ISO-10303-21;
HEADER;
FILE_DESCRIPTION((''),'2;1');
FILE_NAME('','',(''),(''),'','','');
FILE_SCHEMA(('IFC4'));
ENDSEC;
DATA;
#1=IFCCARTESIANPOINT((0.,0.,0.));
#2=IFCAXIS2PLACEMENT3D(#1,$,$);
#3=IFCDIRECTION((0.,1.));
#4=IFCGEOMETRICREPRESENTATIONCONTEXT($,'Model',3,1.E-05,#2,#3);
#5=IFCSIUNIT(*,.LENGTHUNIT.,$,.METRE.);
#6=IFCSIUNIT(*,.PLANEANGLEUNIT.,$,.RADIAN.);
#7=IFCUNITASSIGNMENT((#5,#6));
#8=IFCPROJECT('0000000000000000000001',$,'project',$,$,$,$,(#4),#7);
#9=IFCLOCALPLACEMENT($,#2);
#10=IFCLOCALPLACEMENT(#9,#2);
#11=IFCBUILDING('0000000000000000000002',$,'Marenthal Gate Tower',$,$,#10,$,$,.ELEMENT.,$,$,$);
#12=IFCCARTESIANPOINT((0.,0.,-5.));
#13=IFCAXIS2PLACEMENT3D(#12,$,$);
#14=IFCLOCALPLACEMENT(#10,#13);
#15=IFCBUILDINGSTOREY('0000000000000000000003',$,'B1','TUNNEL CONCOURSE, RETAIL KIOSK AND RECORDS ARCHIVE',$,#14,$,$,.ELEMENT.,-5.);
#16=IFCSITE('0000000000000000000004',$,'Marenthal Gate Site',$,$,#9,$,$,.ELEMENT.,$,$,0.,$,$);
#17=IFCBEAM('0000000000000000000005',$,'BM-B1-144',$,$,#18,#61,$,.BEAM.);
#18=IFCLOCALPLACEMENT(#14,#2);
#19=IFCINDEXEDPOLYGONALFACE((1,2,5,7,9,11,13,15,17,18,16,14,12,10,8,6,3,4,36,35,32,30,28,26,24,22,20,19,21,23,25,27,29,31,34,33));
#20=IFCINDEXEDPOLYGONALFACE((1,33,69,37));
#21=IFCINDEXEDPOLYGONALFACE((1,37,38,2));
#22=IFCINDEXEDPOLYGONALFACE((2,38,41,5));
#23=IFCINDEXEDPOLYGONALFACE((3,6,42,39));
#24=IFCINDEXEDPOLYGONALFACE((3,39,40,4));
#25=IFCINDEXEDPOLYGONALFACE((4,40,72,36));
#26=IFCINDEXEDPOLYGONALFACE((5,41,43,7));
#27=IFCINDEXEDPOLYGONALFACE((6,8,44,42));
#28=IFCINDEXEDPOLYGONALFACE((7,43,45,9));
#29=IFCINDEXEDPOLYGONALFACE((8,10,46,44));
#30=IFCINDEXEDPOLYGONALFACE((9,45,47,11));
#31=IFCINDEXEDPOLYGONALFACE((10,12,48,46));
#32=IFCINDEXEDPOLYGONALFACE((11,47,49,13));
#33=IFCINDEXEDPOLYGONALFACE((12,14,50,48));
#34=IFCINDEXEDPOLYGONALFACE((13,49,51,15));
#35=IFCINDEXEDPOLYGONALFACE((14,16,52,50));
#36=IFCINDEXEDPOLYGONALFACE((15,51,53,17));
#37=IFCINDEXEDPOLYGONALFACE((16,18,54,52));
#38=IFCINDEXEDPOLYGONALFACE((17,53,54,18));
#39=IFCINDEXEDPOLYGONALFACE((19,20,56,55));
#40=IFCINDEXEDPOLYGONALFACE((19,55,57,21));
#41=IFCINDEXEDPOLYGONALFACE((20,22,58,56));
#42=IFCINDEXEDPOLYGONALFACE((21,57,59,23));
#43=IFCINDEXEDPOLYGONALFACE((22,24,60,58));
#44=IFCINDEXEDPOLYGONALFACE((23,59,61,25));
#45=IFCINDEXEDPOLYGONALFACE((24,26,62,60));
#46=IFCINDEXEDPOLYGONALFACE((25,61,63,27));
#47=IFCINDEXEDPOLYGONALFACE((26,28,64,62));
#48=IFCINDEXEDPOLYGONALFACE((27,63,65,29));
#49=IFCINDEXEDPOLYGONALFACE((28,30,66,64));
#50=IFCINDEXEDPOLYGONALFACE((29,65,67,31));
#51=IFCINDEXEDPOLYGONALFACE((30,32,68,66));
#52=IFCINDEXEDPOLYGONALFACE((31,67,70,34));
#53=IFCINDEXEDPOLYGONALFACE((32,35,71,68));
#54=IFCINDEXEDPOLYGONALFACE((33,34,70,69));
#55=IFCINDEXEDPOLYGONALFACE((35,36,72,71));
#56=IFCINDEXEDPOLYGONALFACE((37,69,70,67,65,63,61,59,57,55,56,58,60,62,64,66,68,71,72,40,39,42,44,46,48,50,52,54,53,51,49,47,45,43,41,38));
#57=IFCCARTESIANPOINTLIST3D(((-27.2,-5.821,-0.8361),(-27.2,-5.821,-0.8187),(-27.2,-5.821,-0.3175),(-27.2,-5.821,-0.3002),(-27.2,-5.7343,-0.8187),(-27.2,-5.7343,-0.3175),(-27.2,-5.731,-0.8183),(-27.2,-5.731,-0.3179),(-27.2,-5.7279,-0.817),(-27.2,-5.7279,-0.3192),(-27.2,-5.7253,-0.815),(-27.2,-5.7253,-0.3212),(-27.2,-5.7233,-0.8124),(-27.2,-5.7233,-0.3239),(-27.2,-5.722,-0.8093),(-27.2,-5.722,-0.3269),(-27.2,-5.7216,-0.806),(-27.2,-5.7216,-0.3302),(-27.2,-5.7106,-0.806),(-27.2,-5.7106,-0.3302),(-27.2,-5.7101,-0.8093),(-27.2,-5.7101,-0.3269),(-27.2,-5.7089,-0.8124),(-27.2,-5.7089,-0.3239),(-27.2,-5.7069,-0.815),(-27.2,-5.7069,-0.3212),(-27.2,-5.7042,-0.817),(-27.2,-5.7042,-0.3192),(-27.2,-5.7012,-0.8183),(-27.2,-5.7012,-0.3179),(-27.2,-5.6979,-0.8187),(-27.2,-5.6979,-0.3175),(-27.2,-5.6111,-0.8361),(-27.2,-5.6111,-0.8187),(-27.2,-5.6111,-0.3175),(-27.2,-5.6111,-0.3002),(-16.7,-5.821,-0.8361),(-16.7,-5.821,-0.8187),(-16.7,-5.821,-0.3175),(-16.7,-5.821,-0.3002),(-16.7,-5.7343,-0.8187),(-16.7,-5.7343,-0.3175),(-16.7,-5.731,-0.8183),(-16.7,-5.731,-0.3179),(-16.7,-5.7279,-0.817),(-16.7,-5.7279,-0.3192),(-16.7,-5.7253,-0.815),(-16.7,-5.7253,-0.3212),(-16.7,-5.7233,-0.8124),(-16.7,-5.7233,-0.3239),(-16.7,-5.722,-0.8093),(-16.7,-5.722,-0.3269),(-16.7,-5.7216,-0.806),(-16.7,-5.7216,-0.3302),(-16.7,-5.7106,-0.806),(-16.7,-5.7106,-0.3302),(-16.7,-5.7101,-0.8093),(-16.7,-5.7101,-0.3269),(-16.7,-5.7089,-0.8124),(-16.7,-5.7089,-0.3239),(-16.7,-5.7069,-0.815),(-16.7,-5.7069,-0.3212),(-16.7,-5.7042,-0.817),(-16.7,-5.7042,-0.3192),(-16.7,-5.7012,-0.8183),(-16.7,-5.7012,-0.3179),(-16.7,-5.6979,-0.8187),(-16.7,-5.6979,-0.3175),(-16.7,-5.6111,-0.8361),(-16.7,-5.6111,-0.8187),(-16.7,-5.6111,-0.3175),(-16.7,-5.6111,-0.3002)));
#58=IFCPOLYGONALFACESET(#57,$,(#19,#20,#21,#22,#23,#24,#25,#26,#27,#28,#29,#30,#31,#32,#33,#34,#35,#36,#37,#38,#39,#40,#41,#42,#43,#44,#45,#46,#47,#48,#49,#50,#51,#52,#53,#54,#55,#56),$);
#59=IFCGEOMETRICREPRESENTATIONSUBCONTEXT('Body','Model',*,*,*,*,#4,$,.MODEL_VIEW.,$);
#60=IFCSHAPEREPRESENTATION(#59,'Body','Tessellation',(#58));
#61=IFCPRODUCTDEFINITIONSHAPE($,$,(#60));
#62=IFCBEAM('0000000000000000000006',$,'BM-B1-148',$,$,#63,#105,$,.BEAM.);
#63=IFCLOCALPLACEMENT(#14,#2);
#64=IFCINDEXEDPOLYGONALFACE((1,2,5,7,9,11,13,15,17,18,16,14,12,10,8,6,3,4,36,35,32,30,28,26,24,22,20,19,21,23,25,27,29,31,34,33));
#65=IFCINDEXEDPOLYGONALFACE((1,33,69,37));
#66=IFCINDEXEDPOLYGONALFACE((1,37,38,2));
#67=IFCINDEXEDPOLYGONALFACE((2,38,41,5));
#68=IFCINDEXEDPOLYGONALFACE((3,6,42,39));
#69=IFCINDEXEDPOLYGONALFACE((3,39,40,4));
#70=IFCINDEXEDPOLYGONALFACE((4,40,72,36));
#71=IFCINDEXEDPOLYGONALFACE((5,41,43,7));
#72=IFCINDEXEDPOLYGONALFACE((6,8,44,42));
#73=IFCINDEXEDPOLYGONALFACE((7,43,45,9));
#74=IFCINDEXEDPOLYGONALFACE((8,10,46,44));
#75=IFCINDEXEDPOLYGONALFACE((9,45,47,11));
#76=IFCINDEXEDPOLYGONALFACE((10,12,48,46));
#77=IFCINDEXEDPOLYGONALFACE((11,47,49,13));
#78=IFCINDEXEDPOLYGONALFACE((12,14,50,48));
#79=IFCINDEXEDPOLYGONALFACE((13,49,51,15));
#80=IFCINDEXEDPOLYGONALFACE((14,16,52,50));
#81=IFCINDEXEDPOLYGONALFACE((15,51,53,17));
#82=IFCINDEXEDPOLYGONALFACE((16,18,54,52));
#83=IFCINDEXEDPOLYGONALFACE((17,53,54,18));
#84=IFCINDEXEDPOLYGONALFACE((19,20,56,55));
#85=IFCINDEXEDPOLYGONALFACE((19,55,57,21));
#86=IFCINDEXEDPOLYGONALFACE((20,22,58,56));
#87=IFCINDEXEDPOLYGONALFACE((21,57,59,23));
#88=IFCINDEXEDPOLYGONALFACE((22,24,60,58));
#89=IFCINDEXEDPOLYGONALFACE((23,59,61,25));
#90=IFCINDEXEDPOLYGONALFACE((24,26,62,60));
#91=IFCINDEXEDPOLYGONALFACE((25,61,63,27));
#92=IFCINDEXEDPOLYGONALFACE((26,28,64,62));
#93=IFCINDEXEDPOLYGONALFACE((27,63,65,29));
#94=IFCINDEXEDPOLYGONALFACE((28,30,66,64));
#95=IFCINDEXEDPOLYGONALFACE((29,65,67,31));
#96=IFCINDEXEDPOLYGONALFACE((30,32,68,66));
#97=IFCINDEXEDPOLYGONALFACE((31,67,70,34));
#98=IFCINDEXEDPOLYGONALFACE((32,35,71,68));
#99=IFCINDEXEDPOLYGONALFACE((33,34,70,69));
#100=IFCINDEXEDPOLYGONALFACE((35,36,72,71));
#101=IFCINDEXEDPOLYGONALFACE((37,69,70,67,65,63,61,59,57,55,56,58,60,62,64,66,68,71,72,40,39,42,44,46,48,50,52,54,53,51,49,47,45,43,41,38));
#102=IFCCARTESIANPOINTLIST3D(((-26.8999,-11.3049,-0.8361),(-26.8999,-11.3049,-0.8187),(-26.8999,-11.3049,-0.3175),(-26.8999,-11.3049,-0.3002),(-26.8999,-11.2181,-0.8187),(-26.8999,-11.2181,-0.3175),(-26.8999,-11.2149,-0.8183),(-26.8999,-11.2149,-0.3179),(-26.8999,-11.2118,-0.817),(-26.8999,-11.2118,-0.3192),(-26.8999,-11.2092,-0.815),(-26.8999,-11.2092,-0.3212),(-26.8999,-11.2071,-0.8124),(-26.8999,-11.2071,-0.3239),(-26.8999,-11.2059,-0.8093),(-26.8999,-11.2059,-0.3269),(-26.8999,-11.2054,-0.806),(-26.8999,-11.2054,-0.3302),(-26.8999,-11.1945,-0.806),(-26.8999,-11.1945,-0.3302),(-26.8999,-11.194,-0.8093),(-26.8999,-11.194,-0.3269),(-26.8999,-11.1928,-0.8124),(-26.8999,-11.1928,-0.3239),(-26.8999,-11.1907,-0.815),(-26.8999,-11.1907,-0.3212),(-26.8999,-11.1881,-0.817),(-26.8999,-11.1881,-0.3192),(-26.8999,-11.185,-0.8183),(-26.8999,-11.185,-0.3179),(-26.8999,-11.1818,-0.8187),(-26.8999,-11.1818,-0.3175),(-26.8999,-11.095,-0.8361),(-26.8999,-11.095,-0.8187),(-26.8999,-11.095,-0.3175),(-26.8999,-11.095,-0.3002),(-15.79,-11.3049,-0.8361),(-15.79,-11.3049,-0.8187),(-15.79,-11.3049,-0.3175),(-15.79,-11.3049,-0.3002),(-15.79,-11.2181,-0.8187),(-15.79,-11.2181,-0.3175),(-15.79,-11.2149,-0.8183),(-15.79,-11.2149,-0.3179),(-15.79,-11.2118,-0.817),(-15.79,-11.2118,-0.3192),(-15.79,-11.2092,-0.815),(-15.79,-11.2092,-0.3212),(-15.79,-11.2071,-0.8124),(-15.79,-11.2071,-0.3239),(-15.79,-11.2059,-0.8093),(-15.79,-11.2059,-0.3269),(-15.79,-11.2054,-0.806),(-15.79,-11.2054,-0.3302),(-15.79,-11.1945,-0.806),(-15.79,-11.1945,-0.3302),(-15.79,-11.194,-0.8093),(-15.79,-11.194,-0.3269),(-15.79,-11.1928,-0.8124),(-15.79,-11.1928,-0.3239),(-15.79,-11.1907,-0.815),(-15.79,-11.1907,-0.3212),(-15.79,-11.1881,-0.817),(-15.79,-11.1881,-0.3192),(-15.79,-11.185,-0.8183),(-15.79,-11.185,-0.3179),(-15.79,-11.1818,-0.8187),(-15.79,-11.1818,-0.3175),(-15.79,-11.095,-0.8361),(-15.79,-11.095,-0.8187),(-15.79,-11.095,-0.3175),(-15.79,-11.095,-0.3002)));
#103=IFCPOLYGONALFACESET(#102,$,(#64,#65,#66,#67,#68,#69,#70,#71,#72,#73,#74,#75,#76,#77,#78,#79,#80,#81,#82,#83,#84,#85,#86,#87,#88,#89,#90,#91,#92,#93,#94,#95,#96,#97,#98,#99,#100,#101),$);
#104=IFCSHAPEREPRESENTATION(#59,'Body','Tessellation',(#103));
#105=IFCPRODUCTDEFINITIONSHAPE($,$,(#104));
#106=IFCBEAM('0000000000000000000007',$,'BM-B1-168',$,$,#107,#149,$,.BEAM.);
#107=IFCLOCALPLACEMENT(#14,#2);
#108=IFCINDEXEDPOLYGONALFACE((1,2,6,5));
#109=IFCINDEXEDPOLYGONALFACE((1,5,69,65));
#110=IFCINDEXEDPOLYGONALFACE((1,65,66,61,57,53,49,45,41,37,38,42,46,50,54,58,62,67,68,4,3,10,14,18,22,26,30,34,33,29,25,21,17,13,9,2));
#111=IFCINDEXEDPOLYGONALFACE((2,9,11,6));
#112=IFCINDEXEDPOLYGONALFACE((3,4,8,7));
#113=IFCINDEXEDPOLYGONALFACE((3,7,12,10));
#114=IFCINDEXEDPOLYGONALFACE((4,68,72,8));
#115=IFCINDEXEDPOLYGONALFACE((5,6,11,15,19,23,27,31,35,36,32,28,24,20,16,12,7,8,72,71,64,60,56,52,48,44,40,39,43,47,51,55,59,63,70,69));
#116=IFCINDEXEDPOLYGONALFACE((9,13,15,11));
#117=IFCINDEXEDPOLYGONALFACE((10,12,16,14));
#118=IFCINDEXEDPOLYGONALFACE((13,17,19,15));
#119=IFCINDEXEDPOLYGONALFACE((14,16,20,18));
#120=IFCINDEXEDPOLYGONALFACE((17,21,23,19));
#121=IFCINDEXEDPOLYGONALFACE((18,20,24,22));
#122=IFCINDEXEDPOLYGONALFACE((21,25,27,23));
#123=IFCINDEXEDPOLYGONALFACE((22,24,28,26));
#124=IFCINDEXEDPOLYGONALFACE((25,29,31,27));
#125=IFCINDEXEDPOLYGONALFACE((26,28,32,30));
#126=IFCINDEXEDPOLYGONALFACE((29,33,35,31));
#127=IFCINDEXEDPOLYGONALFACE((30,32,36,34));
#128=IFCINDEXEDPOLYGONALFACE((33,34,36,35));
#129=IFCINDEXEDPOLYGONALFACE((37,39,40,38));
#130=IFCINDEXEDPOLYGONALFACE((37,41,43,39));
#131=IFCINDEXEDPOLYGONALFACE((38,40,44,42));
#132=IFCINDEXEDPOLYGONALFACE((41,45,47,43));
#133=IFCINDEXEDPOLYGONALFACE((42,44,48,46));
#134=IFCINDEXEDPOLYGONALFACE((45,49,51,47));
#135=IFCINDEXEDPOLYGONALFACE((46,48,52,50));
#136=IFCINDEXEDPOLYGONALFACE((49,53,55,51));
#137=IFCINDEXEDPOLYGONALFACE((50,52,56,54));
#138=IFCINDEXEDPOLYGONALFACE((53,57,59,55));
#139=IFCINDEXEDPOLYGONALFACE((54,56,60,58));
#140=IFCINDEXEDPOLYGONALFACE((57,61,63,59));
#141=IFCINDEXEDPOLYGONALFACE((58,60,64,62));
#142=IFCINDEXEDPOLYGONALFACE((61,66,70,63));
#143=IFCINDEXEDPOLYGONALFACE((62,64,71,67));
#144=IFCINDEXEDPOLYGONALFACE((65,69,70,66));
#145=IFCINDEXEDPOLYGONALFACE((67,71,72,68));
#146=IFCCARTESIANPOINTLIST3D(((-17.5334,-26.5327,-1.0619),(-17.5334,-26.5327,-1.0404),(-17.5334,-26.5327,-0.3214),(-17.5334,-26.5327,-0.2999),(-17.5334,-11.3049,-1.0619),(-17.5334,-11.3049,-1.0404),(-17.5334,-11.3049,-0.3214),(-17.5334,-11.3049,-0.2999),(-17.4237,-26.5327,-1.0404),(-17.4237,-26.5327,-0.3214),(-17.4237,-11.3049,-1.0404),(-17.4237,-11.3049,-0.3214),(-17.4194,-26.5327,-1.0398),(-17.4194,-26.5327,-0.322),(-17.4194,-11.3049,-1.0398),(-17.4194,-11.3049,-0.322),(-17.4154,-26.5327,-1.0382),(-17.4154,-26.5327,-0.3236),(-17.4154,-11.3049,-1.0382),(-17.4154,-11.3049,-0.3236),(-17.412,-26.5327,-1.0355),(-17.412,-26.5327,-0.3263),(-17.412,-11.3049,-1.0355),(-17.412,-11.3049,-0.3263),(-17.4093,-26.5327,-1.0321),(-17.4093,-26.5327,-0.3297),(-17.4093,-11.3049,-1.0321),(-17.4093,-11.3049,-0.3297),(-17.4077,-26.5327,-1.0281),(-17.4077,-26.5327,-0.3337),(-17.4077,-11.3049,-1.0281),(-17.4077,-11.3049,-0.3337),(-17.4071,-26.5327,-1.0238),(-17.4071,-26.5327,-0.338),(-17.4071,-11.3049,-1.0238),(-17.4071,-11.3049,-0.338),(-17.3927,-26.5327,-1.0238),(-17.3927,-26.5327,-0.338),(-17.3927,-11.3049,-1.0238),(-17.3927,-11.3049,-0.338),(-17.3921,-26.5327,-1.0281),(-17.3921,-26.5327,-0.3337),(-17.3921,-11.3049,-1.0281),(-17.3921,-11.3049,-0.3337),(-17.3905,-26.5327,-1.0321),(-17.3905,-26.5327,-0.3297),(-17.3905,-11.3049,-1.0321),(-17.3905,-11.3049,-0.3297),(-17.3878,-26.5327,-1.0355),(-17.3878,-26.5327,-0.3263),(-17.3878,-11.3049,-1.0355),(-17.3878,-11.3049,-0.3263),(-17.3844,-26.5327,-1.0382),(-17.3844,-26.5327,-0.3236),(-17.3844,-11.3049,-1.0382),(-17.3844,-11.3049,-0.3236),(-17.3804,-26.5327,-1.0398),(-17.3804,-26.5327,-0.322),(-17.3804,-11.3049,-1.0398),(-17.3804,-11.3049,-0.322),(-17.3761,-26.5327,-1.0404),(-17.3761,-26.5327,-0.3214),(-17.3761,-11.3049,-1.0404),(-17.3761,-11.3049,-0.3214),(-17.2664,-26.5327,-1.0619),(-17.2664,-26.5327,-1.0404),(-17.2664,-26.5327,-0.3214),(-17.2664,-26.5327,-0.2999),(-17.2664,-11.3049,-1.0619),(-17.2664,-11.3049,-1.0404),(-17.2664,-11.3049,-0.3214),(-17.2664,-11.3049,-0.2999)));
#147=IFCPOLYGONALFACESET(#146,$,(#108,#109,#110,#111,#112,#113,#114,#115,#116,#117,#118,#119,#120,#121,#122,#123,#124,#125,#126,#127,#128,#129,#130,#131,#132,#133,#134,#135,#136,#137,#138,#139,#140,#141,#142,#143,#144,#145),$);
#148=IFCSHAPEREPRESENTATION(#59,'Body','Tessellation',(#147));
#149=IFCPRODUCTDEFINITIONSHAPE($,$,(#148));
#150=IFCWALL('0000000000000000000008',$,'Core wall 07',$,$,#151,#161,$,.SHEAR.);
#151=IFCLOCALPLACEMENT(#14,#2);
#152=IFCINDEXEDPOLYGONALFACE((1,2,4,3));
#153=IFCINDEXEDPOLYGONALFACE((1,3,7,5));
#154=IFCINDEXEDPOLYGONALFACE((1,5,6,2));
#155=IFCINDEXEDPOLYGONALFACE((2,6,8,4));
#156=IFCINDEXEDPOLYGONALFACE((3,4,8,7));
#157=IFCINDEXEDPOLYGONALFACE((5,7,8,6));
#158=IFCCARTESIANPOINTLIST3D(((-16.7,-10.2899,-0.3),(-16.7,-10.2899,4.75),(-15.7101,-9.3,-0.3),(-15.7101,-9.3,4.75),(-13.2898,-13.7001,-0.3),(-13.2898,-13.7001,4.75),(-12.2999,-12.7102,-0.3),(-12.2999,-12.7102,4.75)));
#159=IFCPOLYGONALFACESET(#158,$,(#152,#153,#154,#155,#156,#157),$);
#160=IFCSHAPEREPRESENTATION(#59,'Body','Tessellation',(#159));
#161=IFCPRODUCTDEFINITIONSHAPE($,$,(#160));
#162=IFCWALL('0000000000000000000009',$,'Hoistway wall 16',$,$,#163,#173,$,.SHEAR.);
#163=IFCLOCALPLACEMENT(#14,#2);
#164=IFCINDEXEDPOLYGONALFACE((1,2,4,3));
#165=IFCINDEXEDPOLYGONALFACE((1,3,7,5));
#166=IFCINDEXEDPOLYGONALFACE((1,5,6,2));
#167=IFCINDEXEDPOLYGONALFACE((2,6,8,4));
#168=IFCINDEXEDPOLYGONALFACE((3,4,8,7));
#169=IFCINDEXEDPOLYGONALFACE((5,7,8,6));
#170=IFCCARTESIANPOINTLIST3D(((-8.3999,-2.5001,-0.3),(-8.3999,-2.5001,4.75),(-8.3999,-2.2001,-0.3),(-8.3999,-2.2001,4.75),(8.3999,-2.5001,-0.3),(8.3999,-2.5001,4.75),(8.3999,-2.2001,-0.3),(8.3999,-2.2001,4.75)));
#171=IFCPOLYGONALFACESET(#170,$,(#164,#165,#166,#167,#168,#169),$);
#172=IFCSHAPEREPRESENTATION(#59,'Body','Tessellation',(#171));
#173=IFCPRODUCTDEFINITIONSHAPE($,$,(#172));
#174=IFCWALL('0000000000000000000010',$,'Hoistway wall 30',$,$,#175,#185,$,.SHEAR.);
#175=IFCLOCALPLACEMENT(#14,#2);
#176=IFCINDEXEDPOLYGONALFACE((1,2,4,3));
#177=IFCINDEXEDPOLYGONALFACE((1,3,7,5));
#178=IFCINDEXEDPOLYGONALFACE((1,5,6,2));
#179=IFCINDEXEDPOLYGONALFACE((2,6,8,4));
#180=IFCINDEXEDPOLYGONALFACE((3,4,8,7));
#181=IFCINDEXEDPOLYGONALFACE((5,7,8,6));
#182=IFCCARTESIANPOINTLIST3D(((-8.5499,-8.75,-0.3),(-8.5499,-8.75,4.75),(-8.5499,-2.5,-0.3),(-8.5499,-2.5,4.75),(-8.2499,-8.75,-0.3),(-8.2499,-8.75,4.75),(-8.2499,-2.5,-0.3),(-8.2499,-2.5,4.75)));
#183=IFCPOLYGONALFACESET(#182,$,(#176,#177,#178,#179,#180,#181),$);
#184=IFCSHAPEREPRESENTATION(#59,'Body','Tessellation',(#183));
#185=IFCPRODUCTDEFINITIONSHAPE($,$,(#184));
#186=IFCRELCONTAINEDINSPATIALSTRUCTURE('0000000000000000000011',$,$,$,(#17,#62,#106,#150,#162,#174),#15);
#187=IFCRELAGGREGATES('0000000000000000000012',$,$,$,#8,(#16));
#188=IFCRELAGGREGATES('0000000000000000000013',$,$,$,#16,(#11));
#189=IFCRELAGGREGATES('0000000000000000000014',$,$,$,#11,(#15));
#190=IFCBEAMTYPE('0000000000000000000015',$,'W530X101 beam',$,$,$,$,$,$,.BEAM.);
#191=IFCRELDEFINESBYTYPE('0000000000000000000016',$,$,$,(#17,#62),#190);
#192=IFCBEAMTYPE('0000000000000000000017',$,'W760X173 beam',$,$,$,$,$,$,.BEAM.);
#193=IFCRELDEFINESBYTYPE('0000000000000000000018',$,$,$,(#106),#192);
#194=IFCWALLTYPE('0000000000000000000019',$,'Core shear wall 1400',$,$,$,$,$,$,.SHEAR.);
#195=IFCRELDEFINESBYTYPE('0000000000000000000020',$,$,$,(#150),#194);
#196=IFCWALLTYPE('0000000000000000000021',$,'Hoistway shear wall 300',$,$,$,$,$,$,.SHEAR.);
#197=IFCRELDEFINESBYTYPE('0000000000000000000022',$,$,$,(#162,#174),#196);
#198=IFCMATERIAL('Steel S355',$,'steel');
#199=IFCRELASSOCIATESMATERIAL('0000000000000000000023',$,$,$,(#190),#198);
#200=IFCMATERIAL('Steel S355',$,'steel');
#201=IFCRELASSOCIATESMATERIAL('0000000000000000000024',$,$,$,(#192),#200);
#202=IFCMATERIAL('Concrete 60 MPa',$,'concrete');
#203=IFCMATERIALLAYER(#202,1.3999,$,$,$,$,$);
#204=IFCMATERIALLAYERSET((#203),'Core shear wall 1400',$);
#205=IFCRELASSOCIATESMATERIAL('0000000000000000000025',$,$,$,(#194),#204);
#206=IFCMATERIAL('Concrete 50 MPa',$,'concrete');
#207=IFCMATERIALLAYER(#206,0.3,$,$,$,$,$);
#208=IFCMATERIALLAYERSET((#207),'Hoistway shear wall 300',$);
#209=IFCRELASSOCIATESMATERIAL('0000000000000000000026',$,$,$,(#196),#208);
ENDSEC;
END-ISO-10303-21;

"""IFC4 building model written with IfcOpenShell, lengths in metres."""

from ifc_helpers import new_model, si_unit, direction, frame, frame_2d, origin, origin_2d, place, context, subcontext, project, spatial, rectangle, i_section, extrude, material, layer, layer_set, material_profile, profile_set, type_object, element, save


model = new_model("IFC4")

# Units and contexts
model_context = context("Model", 3, precision=1e-05, world=origin(), true_north=direction((0.0, 1.0)))
body_context = subcontext(model_context, "Body", "Model", "MODEL_VIEW")
ifc_project = project(units=[si_unit("LENGTHUNIT", "METRE"), si_unit("PLANEANGLEUNIT", "RADIAN")], contexts=[model_context])

# Site, building, storey
site_placement = place(None, origin())
site = spatial("IfcSite", under=ifc_project, at=site_placement, Name="Marenthal Gate Site", CompositionType="ELEMENT", RefElevation=0.0)
building_placement = place(site_placement, origin())
building = spatial("IfcBuilding", under=site, at=building_placement, Name="Marenthal Gate Tower", CompositionType="ELEMENT")
storey_placement = place(building_placement, frame((0.0, 0.0, -5.0)))
storey = spatial("IfcBuildingStorey", under=building, at=storey_placement, Name="B1", Description="TUNNEL CONCOURSE, RETAIL KIOSK AND RECORDS ARCHIVE", CompositionType="ELEMENT", Elevation=-5.0)

# Beams
ifc_material_1 = material(Name="Steel S355", Category="steel")
ifc_material_profile_1 = material_profile(ifc_material_1, i_section(OverallWidth=0.21, OverallDepth=0.5359, WebThickness=0.011, FlangeThickness=0.0173, FilletRadius=0.0127, at=origin_2d()), Name="W530X101")
ifc_profile_set_1 = profile_set([ifc_material_profile_1], Name="Steel S355")
beam_type_1 = type_object("IfcBeamType", Name="W530X101 beam", PredefinedType="BEAM", material=ifc_profile_set_1)
beam_1_placement = place(storey_placement, frame((-16.7, -5.7161, -0.5681), z_axis=(-1.0, 0.0, 0.0), x_axis=(0.0, -1.0, 0.0)))
element("IfcBeam", 1, at=beam_1_placement, inside=storey, type_object=beam_type_1, Name="BM-B1-144", PredefinedType="BEAM", context=body_context, shape_type="SweptSolid", body=[
    extrude(i_section(OverallWidth=0.21, OverallDepth=0.5359, WebThickness=0.011, FlangeThickness=0.0173, FilletRadius=0.0127, at=origin_2d()), origin(), (0.0, 0.0, 1.0), 10.5),
])
beam_2_placement = place(storey_placement, frame((-15.79, -11.2, -0.5681), z_axis=(-1.0, 0.0, 0.0), x_axis=(0.0, -1.0, 0.0)))
element("IfcBeam", 2, at=beam_2_placement, inside=storey, type_object=beam_type_1, Name="BM-B1-148", PredefinedType="BEAM", context=body_context, shape_type="SweptSolid", body=[
    extrude(i_section(OverallWidth=0.21, OverallDepth=0.5359, WebThickness=0.011, FlangeThickness=0.0173, FilletRadius=0.0127, at=origin_2d()), origin(), (0.0, 0.0, 1.0), 11.1099),
])
ifc_material_2 = material(Name="Steel S355", Category="steel")
ifc_material_profile_2 = material_profile(ifc_material_2, i_section(OverallWidth=0.2671, OverallDepth=0.762, WebThickness=0.0144, FlangeThickness=0.0215, FilletRadius=0.0166, at=origin_2d()), Name="W760X173")
ifc_profile_set_2 = profile_set([ifc_material_profile_2], Name="Steel S355")
beam_type_2 = type_object("IfcBeamType", Name="W760X173 beam", PredefinedType="BEAM", material=ifc_profile_set_2)
beam_3_placement = place(storey_placement, frame((-17.3999, -11.3049, -0.6809), z_axis=(0.0, -1.0, 0.0), x_axis=(1.0, 0.0, 0.0)))
element("IfcBeam", 3, at=beam_3_placement, inside=storey, type_object=beam_type_2, Name="BM-B1-168", PredefinedType="BEAM", context=body_context, shape_type="SweptSolid", body=[
    extrude(i_section(OverallWidth=0.2671, OverallDepth=0.762, WebThickness=0.0144, FlangeThickness=0.0215, FilletRadius=0.0166, at=origin_2d()), origin(), (0.0, 0.0, 1.0), 15.2278),
])

# Walls
ifc_material_3 = material(Name="Concrete 60 MPa", Category="concrete")
ifc_layer_1 = layer(ifc_material_3, 1.3999)
ifc_layer_set_1 = layer_set([ifc_layer_1], Name="Core shear wall 1400")
wall_type_1 = type_object("IfcWallType", Name="Core shear wall 1400", PredefinedType="SHEAR", material=ifc_layer_set_1)
wall_1_placement = place(storey_placement, frame((-16.2051, -9.7949, -0.3), z_axis=(0.0, 0.0, 1.0), x_axis=(0.707107, -0.707107, 0.0)))
element("IfcWall", 4, at=wall_1_placement, inside=storey, type_object=wall_type_1, Name="Core wall 07", PredefinedType="SHEAR", context=body_context, shape_type="SweptSolid", body=[
    extrude(rectangle(XDim=4.8228, YDim=1.3999, at=frame_2d((2.4114, 0.0))), origin(), (0.0, 0.0, 1.0), 5.05),
])
ifc_material_4 = material(Name="Concrete 50 MPa", Category="concrete")
ifc_layer_2 = layer(ifc_material_4, 0.3)
ifc_layer_set_2 = layer_set([ifc_layer_2], Name="Hoistway shear wall 300")
wall_type_2 = type_object("IfcWallType", Name="Hoistway shear wall 300", PredefinedType="SHEAR", material=ifc_layer_set_2)
wall_2_placement = place(storey_placement, frame((-8.3999, -2.3501, -0.3), z_axis=(0.0, 0.0, 1.0), x_axis=(1.0, 0.0, 0.0)))
element("IfcWall", 5, at=wall_2_placement, inside=storey, type_object=wall_type_2, Name="Hoistway wall 16", PredefinedType="SHEAR", context=body_context, shape_type="SweptSolid", body=[
    extrude(rectangle(XDim=16.7998, YDim=0.3, at=frame_2d((8.3999, 0.0))), origin(), (0.0, 0.0, 1.0), 5.05),
])
wall_3_placement = place(storey_placement, frame((-8.3999, -8.75, -0.3), z_axis=(0.0, 0.0, 1.0), x_axis=(0.0, 1.0, 0.0)))
element("IfcWall", 6, at=wall_3_placement, inside=storey, type_object=wall_type_2, Name="Hoistway wall 30", PredefinedType="SHEAR", context=body_context, shape_type="SweptSolid", body=[
    extrude(rectangle(XDim=6.25, YDim=0.3, at=frame_2d((3.125, 0.0))), origin(), (0.0, 0.0, 1.0), 5.05),
])

save(model, "model.ifc")
